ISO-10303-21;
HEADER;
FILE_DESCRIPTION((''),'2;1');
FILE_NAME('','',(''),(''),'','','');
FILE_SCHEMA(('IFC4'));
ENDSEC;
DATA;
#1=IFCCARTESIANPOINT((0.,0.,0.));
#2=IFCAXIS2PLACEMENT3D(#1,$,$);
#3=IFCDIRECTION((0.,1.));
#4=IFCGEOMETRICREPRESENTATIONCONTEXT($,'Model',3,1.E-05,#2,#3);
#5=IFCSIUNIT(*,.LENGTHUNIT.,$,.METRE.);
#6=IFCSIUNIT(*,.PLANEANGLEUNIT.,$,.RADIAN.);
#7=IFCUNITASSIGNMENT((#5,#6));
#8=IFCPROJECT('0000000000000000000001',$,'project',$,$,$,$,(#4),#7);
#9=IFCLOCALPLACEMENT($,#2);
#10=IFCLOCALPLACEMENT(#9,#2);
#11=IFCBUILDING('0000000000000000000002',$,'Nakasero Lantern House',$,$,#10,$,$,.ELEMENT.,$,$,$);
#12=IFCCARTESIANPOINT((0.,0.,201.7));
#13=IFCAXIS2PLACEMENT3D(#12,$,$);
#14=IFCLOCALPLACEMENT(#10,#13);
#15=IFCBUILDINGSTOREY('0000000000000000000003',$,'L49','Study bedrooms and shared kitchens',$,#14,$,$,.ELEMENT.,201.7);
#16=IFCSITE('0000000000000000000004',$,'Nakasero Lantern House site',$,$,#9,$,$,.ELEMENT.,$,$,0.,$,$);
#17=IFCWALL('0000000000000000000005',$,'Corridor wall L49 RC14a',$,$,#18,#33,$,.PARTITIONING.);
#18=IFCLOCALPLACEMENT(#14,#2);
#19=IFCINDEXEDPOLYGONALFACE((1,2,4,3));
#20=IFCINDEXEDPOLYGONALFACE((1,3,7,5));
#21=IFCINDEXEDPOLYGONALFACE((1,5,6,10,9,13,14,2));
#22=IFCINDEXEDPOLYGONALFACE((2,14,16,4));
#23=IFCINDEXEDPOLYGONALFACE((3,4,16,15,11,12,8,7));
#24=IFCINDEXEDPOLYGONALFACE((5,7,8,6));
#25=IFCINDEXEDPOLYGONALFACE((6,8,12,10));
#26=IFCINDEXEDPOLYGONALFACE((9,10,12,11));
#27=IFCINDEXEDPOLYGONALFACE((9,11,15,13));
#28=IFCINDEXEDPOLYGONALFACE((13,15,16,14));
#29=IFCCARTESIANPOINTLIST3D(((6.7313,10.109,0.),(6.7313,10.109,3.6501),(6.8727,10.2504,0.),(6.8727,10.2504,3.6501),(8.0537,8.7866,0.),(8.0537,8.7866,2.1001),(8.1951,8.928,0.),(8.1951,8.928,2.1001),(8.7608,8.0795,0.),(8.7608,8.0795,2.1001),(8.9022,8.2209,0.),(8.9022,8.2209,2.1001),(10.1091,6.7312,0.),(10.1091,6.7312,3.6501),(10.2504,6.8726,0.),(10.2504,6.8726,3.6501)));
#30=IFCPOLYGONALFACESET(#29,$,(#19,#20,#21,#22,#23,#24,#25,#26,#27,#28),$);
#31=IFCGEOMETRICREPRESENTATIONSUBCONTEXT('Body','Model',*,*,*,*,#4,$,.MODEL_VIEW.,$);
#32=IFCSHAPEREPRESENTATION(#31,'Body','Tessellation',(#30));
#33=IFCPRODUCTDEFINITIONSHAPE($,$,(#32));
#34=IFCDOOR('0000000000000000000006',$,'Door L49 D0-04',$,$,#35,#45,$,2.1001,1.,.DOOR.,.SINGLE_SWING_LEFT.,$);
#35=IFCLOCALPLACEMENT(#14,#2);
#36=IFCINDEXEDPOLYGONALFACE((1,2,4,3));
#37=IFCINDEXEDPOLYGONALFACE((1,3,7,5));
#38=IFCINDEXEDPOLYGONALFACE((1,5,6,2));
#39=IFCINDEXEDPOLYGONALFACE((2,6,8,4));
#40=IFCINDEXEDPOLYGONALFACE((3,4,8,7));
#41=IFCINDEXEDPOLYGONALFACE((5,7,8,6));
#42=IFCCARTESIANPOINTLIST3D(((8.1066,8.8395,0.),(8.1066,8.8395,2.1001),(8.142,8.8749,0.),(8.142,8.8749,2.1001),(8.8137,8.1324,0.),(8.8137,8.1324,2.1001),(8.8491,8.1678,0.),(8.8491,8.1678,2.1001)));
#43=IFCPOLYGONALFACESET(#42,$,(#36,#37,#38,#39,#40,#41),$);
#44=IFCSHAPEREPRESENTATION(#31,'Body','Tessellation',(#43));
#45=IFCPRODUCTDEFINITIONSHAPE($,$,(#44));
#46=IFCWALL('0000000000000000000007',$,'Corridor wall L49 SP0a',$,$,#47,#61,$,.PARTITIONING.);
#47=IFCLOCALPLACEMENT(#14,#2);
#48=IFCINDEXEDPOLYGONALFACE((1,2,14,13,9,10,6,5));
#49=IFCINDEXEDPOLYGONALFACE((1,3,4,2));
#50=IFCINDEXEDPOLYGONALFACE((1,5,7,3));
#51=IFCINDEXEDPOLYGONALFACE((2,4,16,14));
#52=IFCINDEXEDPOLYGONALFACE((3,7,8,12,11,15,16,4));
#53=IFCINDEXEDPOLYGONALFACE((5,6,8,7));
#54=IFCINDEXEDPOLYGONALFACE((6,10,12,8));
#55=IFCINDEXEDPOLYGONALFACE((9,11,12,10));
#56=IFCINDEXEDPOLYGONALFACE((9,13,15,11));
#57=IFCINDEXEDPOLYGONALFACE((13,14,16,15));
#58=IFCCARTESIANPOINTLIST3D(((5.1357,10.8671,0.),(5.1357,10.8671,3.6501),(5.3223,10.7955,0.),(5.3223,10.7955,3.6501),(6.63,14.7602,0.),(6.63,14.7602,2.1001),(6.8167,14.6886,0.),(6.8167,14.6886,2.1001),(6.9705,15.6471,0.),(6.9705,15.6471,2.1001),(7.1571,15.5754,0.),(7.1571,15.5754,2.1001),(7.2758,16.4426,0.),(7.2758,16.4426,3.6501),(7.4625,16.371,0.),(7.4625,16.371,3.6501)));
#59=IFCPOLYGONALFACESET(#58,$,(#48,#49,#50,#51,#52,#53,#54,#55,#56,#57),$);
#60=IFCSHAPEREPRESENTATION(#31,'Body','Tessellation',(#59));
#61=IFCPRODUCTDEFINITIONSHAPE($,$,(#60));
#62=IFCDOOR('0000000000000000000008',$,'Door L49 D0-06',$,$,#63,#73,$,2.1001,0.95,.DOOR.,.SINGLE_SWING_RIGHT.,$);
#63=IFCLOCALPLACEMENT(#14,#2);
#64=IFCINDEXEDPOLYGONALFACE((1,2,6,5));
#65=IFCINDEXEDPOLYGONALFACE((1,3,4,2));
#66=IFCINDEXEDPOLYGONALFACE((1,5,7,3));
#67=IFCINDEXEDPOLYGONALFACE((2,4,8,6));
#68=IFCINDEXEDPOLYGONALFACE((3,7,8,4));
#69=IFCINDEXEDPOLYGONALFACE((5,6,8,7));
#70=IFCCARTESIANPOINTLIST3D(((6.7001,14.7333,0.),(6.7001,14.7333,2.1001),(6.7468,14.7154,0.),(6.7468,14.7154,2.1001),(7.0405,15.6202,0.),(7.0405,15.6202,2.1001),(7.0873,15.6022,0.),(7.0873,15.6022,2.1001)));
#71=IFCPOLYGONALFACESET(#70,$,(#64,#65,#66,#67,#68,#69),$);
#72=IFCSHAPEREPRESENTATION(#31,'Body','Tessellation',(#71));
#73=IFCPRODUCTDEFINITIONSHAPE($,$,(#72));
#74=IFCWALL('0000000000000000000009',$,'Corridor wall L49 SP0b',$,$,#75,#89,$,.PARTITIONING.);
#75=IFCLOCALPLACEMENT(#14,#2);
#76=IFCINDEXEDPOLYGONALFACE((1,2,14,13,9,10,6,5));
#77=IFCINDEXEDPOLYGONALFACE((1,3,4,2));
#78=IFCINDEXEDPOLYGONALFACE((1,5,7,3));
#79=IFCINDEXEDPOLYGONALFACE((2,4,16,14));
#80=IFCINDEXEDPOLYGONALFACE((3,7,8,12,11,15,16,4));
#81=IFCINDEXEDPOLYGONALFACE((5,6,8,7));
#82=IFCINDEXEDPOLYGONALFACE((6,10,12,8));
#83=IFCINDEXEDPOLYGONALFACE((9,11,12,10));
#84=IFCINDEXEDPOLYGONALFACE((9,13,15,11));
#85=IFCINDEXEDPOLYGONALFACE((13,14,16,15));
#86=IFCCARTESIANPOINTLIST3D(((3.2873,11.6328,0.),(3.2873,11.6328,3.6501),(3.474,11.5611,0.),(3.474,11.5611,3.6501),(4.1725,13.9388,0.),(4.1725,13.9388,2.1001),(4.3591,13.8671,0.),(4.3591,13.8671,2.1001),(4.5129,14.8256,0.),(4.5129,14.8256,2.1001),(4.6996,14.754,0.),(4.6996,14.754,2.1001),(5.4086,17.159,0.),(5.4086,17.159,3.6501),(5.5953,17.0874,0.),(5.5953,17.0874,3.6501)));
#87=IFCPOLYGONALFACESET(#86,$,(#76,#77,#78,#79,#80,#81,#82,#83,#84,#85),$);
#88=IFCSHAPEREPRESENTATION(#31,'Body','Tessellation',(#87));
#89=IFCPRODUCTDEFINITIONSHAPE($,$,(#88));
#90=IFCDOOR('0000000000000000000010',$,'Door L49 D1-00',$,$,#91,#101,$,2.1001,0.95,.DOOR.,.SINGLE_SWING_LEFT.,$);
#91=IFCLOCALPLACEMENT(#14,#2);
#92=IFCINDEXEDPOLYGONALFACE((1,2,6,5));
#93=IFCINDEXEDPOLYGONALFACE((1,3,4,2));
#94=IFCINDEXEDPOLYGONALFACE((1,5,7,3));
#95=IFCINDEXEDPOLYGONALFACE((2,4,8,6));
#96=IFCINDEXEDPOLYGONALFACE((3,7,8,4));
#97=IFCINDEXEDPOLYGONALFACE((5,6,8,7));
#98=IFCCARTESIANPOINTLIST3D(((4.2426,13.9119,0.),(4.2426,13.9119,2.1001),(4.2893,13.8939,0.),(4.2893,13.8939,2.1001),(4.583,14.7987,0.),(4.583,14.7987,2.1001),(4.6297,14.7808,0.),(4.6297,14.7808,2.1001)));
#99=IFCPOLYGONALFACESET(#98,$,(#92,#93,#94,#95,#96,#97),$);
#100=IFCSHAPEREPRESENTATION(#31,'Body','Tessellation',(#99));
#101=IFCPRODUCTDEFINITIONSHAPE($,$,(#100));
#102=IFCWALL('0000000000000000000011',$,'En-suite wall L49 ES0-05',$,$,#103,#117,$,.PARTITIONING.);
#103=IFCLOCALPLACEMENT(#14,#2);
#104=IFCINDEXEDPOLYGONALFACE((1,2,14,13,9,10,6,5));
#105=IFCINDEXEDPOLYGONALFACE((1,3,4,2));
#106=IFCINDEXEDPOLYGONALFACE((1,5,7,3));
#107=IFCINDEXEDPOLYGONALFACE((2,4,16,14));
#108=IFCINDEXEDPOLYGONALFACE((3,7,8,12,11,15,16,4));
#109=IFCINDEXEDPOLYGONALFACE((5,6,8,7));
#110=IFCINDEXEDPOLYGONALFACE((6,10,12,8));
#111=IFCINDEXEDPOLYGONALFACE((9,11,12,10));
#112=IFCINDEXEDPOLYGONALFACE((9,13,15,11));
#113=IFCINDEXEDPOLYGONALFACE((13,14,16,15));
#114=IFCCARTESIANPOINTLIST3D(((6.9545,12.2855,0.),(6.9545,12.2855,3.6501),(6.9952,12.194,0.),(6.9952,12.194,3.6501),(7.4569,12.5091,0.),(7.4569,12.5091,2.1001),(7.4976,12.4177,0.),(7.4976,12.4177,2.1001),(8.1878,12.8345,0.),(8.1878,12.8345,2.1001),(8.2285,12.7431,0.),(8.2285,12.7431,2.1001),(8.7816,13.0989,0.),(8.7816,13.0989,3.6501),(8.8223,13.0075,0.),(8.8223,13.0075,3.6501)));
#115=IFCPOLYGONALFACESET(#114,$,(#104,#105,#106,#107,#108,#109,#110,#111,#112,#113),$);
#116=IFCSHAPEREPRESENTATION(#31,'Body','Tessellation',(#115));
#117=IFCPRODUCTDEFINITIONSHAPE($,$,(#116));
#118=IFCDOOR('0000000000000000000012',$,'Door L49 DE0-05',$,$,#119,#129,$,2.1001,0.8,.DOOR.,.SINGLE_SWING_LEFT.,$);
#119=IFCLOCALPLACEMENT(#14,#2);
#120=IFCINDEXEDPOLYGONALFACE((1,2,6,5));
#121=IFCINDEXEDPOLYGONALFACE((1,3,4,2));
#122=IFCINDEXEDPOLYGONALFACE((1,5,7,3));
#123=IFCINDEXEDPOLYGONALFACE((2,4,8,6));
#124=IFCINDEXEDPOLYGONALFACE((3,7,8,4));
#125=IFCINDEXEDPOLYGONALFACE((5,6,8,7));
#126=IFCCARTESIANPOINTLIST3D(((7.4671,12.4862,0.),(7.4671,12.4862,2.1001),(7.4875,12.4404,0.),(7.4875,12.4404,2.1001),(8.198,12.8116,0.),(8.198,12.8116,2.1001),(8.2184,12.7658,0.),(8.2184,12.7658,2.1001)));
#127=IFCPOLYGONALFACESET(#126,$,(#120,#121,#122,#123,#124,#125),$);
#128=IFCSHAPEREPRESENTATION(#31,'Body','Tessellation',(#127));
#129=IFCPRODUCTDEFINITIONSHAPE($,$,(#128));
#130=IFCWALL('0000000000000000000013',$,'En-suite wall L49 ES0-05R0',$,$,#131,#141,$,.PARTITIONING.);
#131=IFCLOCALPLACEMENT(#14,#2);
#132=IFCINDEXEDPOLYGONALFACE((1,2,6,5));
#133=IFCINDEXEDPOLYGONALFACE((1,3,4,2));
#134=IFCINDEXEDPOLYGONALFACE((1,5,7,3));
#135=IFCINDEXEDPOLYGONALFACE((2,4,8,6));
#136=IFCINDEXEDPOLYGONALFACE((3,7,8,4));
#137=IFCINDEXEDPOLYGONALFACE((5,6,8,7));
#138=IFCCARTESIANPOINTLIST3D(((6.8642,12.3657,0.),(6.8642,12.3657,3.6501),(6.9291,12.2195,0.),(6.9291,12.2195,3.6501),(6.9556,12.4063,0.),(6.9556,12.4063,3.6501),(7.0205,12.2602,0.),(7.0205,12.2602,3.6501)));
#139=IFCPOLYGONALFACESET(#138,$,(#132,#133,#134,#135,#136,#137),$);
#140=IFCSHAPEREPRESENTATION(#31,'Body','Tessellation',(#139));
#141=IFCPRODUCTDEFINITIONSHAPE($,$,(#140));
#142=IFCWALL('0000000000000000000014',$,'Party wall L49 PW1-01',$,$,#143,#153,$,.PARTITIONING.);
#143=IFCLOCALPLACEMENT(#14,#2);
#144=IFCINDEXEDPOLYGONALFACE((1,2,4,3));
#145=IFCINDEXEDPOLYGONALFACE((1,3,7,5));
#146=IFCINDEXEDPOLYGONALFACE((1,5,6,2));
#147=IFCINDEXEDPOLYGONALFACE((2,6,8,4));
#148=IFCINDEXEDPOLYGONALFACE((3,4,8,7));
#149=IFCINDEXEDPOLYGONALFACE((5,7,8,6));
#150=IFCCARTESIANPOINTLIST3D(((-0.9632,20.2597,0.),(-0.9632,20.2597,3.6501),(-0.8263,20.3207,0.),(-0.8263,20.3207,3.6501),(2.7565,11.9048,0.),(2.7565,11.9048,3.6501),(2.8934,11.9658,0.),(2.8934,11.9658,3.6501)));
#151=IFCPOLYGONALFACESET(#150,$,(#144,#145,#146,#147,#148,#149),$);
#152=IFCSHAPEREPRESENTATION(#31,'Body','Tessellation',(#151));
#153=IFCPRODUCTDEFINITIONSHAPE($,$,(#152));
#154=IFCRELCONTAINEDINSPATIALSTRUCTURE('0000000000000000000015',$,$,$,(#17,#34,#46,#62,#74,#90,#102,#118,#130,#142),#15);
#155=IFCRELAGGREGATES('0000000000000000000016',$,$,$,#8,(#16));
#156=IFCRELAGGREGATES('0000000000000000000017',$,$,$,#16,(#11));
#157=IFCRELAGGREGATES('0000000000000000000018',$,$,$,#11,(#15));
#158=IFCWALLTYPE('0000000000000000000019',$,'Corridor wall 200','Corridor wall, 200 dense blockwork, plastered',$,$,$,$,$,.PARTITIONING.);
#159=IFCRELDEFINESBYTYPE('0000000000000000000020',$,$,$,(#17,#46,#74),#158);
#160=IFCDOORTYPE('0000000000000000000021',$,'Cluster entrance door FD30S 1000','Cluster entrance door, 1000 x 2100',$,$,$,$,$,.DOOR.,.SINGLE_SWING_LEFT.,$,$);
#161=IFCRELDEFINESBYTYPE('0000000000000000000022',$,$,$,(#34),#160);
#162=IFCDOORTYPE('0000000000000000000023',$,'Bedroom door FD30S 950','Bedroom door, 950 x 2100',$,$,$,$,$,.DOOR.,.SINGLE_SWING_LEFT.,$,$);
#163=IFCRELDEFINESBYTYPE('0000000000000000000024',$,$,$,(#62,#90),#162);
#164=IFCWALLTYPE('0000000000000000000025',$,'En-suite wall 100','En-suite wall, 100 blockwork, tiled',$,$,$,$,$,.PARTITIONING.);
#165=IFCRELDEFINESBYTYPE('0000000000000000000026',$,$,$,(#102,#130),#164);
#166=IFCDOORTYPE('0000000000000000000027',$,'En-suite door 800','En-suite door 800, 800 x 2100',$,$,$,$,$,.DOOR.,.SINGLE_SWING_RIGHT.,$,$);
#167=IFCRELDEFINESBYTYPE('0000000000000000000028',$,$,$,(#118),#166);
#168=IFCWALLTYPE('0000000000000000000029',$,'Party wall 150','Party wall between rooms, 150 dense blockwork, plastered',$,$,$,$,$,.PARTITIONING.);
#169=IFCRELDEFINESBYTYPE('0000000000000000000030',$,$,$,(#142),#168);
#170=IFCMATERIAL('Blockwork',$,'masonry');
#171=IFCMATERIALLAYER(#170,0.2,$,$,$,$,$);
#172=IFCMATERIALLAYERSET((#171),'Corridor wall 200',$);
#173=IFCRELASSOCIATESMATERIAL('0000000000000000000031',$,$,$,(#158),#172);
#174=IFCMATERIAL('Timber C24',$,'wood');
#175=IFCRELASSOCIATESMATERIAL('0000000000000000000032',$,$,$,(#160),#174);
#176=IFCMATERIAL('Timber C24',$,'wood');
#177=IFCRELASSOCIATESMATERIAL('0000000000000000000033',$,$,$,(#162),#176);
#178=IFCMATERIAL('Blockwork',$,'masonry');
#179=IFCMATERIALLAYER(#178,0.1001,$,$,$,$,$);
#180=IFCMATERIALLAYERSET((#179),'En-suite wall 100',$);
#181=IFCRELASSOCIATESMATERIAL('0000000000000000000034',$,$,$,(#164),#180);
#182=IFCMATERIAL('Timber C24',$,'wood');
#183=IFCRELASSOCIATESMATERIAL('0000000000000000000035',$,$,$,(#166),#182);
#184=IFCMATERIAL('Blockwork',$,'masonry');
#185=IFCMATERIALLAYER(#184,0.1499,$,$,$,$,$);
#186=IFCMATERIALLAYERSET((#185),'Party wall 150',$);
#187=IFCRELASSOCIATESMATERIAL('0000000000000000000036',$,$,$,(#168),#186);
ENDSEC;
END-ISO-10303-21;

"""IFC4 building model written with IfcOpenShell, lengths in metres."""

from ifc_helpers import new_model, si_unit, direction, frame, frame_2d, origin, place, context, subcontext, project, spatial, rectangle, extrude, material, layer, layer_set, type_object, element, fill, save


model = new_model("IFC4")

# Units and contexts
model_context = context("Model", 3, precision=1e-05, world=origin(), true_north=direction((0.0, 1.0)))
body_context = subcontext(model_context, "Body", "Model", "MODEL_VIEW")
ifc_project = project(units=[si_unit("LENGTHUNIT", "METRE"), si_unit("PLANEANGLEUNIT", "RADIAN")], contexts=[model_context])

# Site, building, storey
site_placement = place(None, origin())
site = spatial("IfcSite", under=ifc_project, at=site_placement, Name="Nakasero Lantern House site", CompositionType="ELEMENT", RefElevation=0.0)
building_placement = place(site_placement, origin())
building = spatial("IfcBuilding", under=site, at=building_placement, Name="Nakasero Lantern House", CompositionType="ELEMENT")
storey_placement = place(building_placement, frame((0.0, 0.0, 201.7)))
storey = spatial("IfcBuildingStorey", under=building, at=storey_placement, Name="L49", Description="Study bedrooms and shared kitchens", CompositionType="ELEMENT", Elevation=201.7)

# Shared definitions
ifc_material_1 = material(Name="Blockwork", Category="masonry")
ifc_layer_1 = layer(ifc_material_1, 0.2)
ifc_layer_set_1 = layer_set([ifc_layer_1], Name="Corridor wall 200")
wall_type_1 = type_object("IfcWallType", Name="Corridor wall 200", Description="Corridor wall, 200 dense blockwork, plastered", PredefinedType="PARTITIONING", material=ifc_layer_set_1)

# Walls, openings, doors
wall_1_placement = place(storey_placement, frame((6.802, 10.1797, 0.0), z_axis=(0.0, 0.0, 1.0), x_axis=(0.707107, -0.707107, 0.0)))
wall_1 = element("IfcWall", 1, at=wall_1_placement, inside=storey, type_object=wall_type_1, Name="Corridor wall L49 RC14a", PredefinedType="PARTITIONING", context=body_context, shape_type="SweptSolid", body=[
    extrude(rectangle(XDim=4.7769, YDim=0.2, at=frame_2d((2.3884, 0.0))), origin(), (0.0, 0.0, 1.0), 3.6501),
])
opening_1_placement = place(wall_1_placement, frame((1.8701, 0.0, 0.0)))
opening_1 = element("IfcOpeningElement", 2, at=opening_1_placement, cuts=wall_1, PredefinedType="OPENING", context=body_context, shape_type="SweptSolid", body=[
    extrude(rectangle(XDim=1.0, YDim=2.1001, at=frame_2d((0.5, 1.05))), frame((0.0, 0.1199, 0.0), z_axis=(0.0, -1.0, 0.0), x_axis=(1.0, 0.0, 0.0)), (0.0, 0.0, 1.0), 0.24),
])
ifc_material_2 = material(Name="Timber C24", Category="wood")
door_type_1 = type_object("IfcDoorType", Name="Cluster entrance door FD30S 1000", Description="Cluster entrance door, 1000 x 2100", OperationType="SINGLE_SWING_LEFT", PredefinedType="DOOR", material=ifc_material_2)
door_1_placement = place(opening_1_placement, origin())
door_1 = element("IfcDoor", 3, at=door_1_placement, inside=storey, type_object=door_type_1, Name="Door L49 D0-04", OperationType="SINGLE_SWING_LEFT", OverallHeight=2.1001, OverallWidth=1.0, PredefinedType="DOOR", context=body_context, shape_type="SweptSolid", body=[
    extrude(rectangle(XDim=1.0, YDim=2.1001, at=frame_2d((0.5, 1.05))), frame((0.0, 0.0249, 0.0), z_axis=(0.0, -1.0, 0.0), x_axis=(1.0, 0.0, 0.0)), (0.0, 0.0, 1.0), 0.05),
])
fill(opening_1, door_1)
wall_2_placement = place(storey_placement, frame((5.229, 10.8313, 0.0), z_axis=(0.0, 0.0, 1.0), x_axis=(0.358357, 0.933585, 0.0)))
wall_2 = element("IfcWall", 4, at=wall_2_placement, inside=storey, type_object=wall_type_1, Name="Corridor wall L49 SP0a", PredefinedType="PARTITIONING", context=body_context, shape_type="SweptSolid", body=[
    extrude(rectangle(XDim=5.9722, YDim=0.2, at=frame_2d((2.9861, 0.0))), origin(), (0.0, 0.0, 1.0), 3.6501),
])
opening_2_placement = place(wall_2_placement, frame((4.1699, 0.0, 0.0)))
opening_2 = element("IfcOpeningElement", 5, at=opening_2_placement, cuts=wall_2, PredefinedType="OPENING", context=body_context, shape_type="SweptSolid", body=[
    extrude(rectangle(XDim=0.95, YDim=2.1001, at=frame_2d((0.4751, 1.05))), frame((0.0, 0.1199, 0.0), z_axis=(0.0, -1.0, 0.0), x_axis=(1.0, 0.0, 0.0)), (0.0, 0.0, 1.0), 0.24),
])
ifc_material_3 = material(Name="Timber C24", Category="wood")
door_type_2 = type_object("IfcDoorType", Name="Bedroom door FD30S 950", Description="Bedroom door, 950 x 2100", OperationType="SINGLE_SWING_LEFT", PredefinedType="DOOR", material=ifc_material_3)
door_2_placement = place(opening_2_placement, origin())
door_2 = element("IfcDoor", 6, at=door_2_placement, inside=storey, type_object=door_type_2, Name="Door L49 D0-06", OperationType="SINGLE_SWING_RIGHT", OverallHeight=2.1001, OverallWidth=0.95, PredefinedType="DOOR", context=body_context, shape_type="SweptSolid", body=[
    extrude(rectangle(XDim=0.95, YDim=2.1001, at=frame_2d((0.4751, 1.05))), frame((0.0, 0.0249, 0.0), z_axis=(0.0, -1.0, 0.0), x_axis=(1.0, 0.0, 0.0)), (0.0, 0.0, 1.0), 0.05),
])
fill(opening_2, door_2)
wall_3_placement = place(storey_placement, frame((3.3806, 11.5969, 0.0), z_axis=(0.0, 0.0, 1.0), x_axis=(0.358363, 0.933582, 0.0)))
wall_3 = element("IfcWall", 7, at=wall_3_placement, inside=storey, type_object=wall_type_1, Name="Corridor wall L49 SP0b", PredefinedType="PARTITIONING", context=body_context, shape_type="SweptSolid", body=[
    extrude(rectangle(XDim=5.9194, YDim=0.2, at=frame_2d((2.9597, 0.0))), origin(), (0.0, 0.0, 1.0), 3.6501),
])
opening_3_placement = place(wall_3_placement, frame((2.47, 0.0, 0.0)))
opening_3 = element("IfcOpeningElement", 8, at=opening_3_placement, cuts=wall_3, PredefinedType="OPENING", context=body_context, shape_type="SweptSolid", body=[
    extrude(rectangle(XDim=0.95, YDim=2.1001, at=frame_2d((0.4751, 1.05))), frame((0.0, 0.1199, 0.0), z_axis=(0.0, -1.0, 0.0), x_axis=(1.0, 0.0, 0.0)), (0.0, 0.0, 1.0), 0.24),
])
door_3_placement = place(opening_3_placement, origin())
door_3 = element("IfcDoor", 9, at=door_3_placement, inside=storey, type_object=door_type_2, Name="Door L49 D1-00", OperationType="SINGLE_SWING_LEFT", OverallHeight=2.1001, OverallWidth=0.95, PredefinedType="DOOR", context=body_context, shape_type="SweptSolid", body=[
    extrude(rectangle(XDim=0.95, YDim=2.1001, at=frame_2d((0.4751, 1.05))), frame((0.0, 0.0249, 0.0), z_axis=(0.0, -1.0, 0.0), x_axis=(1.0, 0.0, 0.0)), (0.0, 0.0, 1.0), 0.05),
])
fill(opening_3, door_3)
ifc_material_4 = material(Name="Blockwork", Category="masonry")
ifc_layer_2 = layer(ifc_material_4, 0.1001)
ifc_layer_set_2 = layer_set([ifc_layer_2], Name="En-suite wall 100")
wall_type_2 = type_object("IfcWallType", Name="En-suite wall 100", Description="En-suite wall, 100 blockwork, tiled", PredefinedType="PARTITIONING", material=ifc_layer_set_2)
wall_4_placement = place(storey_placement, frame((6.9749, 12.2397, 0.0), z_axis=(0.0, 0.0, 1.0), x_axis=(0.91355, 0.406727, 0.0)))
wall_4 = element("IfcWall", 10, at=wall_4_placement, inside=storey, type_object=wall_type_2, Name="En-suite wall L49 ES0-05", PredefinedType="PARTITIONING", context=body_context, shape_type="SweptSolid", body=[
    extrude(rectangle(XDim=2.0, YDim=0.1001, at=frame_2d((1.0, 0.0))), origin(), (0.0, 0.0, 1.0), 3.6501),
])
opening_4_placement = place(wall_4_placement, frame((0.55, 0.0, 0.0)))
opening_4 = element("IfcOpeningElement", 11, at=opening_4_placement, cuts=wall_4, PredefinedType="OPENING", context=body_context, shape_type="SweptSolid", body=[
    extrude(rectangle(XDim=0.8, YDim=2.1001, at=frame_2d((0.3999, 1.05))), frame((0.0, 0.0701, 0.0), z_axis=(0.0, -1.0, 0.0), x_axis=(1.0, 0.0, 0.0)), (0.0, 0.0, 1.0), 0.1401),
])
ifc_material_5 = material(Name="Timber C24", Category="wood")
door_type_3 = type_object("IfcDoorType", Name="En-suite door 800", Description="En-suite door 800, 800 x 2100", OperationType="SINGLE_SWING_RIGHT", PredefinedType="DOOR", material=ifc_material_5)
door_4_placement = place(opening_4_placement, origin())
door_4 = element("IfcDoor", 12, at=door_4_placement, inside=storey, type_object=door_type_3, Name="Door L49 DE0-05", OperationType="SINGLE_SWING_LEFT", OverallHeight=2.1001, OverallWidth=0.8, PredefinedType="DOOR", context=body_context, shape_type="SweptSolid", body=[
    extrude(rectangle(XDim=0.8, YDim=2.1001, at=frame_2d((0.3999, 1.05))), frame((0.0, 0.0249, 0.0), z_axis=(0.0, -1.0, 0.0), x_axis=(1.0, 0.0, 0.0)), (0.0, 0.0, 1.0), 0.05),
])
fill(opening_4, door_4)

# Walls
wall_5_placement = place(storey_placement, frame((6.9749, 12.2397, 0.0), z_axis=(0.0, 0.0, 1.0), x_axis=(-0.405855, 0.913937, 0.0)))
element("IfcWall", 13, at=wall_5_placement, inside=storey, type_object=wall_type_2, Name="En-suite wall L49 ES0-05R0", PredefinedType="PARTITIONING", context=body_context, shape_type="SweptSolid", body=[
    extrude(rectangle(XDim=0.1599, YDim=0.1001, at=frame_2d((0.0801, 0.0))), origin(), (0.0, 0.0, 1.0), 3.6501),
])
ifc_material_6 = material(Name="Blockwork", Category="masonry")
ifc_layer_3 = layer(ifc_material_6, 0.1499)
ifc_layer_set_3 = layer_set([ifc_layer_3], Name="Party wall 150")
wall_type_3 = type_object("IfcWallType", Name="Party wall 150", Description="Party wall between rooms, 150 dense blockwork, plastered", PredefinedType="PARTITIONING", material=ifc_layer_set_3)
wall_6_placement = place(storey_placement, frame((2.825, 11.9353, 0.0), z_axis=(0.0, 0.0, 1.0), x_axis=(-0.406723, 0.913552, 0.0)))
element("IfcWall", 14, at=wall_6_placement, inside=storey, type_object=wall_type_3, Name="Party wall L49 PW1-01", PredefinedType="PARTITIONING", context=body_context, shape_type="SweptSolid", body=[
    extrude(rectangle(XDim=9.1455, YDim=0.1499, at=frame_2d((4.5728, 0.0))), origin(), (0.0, 0.0, 1.0), 3.6501),
])

save(model, "model.ifc")
